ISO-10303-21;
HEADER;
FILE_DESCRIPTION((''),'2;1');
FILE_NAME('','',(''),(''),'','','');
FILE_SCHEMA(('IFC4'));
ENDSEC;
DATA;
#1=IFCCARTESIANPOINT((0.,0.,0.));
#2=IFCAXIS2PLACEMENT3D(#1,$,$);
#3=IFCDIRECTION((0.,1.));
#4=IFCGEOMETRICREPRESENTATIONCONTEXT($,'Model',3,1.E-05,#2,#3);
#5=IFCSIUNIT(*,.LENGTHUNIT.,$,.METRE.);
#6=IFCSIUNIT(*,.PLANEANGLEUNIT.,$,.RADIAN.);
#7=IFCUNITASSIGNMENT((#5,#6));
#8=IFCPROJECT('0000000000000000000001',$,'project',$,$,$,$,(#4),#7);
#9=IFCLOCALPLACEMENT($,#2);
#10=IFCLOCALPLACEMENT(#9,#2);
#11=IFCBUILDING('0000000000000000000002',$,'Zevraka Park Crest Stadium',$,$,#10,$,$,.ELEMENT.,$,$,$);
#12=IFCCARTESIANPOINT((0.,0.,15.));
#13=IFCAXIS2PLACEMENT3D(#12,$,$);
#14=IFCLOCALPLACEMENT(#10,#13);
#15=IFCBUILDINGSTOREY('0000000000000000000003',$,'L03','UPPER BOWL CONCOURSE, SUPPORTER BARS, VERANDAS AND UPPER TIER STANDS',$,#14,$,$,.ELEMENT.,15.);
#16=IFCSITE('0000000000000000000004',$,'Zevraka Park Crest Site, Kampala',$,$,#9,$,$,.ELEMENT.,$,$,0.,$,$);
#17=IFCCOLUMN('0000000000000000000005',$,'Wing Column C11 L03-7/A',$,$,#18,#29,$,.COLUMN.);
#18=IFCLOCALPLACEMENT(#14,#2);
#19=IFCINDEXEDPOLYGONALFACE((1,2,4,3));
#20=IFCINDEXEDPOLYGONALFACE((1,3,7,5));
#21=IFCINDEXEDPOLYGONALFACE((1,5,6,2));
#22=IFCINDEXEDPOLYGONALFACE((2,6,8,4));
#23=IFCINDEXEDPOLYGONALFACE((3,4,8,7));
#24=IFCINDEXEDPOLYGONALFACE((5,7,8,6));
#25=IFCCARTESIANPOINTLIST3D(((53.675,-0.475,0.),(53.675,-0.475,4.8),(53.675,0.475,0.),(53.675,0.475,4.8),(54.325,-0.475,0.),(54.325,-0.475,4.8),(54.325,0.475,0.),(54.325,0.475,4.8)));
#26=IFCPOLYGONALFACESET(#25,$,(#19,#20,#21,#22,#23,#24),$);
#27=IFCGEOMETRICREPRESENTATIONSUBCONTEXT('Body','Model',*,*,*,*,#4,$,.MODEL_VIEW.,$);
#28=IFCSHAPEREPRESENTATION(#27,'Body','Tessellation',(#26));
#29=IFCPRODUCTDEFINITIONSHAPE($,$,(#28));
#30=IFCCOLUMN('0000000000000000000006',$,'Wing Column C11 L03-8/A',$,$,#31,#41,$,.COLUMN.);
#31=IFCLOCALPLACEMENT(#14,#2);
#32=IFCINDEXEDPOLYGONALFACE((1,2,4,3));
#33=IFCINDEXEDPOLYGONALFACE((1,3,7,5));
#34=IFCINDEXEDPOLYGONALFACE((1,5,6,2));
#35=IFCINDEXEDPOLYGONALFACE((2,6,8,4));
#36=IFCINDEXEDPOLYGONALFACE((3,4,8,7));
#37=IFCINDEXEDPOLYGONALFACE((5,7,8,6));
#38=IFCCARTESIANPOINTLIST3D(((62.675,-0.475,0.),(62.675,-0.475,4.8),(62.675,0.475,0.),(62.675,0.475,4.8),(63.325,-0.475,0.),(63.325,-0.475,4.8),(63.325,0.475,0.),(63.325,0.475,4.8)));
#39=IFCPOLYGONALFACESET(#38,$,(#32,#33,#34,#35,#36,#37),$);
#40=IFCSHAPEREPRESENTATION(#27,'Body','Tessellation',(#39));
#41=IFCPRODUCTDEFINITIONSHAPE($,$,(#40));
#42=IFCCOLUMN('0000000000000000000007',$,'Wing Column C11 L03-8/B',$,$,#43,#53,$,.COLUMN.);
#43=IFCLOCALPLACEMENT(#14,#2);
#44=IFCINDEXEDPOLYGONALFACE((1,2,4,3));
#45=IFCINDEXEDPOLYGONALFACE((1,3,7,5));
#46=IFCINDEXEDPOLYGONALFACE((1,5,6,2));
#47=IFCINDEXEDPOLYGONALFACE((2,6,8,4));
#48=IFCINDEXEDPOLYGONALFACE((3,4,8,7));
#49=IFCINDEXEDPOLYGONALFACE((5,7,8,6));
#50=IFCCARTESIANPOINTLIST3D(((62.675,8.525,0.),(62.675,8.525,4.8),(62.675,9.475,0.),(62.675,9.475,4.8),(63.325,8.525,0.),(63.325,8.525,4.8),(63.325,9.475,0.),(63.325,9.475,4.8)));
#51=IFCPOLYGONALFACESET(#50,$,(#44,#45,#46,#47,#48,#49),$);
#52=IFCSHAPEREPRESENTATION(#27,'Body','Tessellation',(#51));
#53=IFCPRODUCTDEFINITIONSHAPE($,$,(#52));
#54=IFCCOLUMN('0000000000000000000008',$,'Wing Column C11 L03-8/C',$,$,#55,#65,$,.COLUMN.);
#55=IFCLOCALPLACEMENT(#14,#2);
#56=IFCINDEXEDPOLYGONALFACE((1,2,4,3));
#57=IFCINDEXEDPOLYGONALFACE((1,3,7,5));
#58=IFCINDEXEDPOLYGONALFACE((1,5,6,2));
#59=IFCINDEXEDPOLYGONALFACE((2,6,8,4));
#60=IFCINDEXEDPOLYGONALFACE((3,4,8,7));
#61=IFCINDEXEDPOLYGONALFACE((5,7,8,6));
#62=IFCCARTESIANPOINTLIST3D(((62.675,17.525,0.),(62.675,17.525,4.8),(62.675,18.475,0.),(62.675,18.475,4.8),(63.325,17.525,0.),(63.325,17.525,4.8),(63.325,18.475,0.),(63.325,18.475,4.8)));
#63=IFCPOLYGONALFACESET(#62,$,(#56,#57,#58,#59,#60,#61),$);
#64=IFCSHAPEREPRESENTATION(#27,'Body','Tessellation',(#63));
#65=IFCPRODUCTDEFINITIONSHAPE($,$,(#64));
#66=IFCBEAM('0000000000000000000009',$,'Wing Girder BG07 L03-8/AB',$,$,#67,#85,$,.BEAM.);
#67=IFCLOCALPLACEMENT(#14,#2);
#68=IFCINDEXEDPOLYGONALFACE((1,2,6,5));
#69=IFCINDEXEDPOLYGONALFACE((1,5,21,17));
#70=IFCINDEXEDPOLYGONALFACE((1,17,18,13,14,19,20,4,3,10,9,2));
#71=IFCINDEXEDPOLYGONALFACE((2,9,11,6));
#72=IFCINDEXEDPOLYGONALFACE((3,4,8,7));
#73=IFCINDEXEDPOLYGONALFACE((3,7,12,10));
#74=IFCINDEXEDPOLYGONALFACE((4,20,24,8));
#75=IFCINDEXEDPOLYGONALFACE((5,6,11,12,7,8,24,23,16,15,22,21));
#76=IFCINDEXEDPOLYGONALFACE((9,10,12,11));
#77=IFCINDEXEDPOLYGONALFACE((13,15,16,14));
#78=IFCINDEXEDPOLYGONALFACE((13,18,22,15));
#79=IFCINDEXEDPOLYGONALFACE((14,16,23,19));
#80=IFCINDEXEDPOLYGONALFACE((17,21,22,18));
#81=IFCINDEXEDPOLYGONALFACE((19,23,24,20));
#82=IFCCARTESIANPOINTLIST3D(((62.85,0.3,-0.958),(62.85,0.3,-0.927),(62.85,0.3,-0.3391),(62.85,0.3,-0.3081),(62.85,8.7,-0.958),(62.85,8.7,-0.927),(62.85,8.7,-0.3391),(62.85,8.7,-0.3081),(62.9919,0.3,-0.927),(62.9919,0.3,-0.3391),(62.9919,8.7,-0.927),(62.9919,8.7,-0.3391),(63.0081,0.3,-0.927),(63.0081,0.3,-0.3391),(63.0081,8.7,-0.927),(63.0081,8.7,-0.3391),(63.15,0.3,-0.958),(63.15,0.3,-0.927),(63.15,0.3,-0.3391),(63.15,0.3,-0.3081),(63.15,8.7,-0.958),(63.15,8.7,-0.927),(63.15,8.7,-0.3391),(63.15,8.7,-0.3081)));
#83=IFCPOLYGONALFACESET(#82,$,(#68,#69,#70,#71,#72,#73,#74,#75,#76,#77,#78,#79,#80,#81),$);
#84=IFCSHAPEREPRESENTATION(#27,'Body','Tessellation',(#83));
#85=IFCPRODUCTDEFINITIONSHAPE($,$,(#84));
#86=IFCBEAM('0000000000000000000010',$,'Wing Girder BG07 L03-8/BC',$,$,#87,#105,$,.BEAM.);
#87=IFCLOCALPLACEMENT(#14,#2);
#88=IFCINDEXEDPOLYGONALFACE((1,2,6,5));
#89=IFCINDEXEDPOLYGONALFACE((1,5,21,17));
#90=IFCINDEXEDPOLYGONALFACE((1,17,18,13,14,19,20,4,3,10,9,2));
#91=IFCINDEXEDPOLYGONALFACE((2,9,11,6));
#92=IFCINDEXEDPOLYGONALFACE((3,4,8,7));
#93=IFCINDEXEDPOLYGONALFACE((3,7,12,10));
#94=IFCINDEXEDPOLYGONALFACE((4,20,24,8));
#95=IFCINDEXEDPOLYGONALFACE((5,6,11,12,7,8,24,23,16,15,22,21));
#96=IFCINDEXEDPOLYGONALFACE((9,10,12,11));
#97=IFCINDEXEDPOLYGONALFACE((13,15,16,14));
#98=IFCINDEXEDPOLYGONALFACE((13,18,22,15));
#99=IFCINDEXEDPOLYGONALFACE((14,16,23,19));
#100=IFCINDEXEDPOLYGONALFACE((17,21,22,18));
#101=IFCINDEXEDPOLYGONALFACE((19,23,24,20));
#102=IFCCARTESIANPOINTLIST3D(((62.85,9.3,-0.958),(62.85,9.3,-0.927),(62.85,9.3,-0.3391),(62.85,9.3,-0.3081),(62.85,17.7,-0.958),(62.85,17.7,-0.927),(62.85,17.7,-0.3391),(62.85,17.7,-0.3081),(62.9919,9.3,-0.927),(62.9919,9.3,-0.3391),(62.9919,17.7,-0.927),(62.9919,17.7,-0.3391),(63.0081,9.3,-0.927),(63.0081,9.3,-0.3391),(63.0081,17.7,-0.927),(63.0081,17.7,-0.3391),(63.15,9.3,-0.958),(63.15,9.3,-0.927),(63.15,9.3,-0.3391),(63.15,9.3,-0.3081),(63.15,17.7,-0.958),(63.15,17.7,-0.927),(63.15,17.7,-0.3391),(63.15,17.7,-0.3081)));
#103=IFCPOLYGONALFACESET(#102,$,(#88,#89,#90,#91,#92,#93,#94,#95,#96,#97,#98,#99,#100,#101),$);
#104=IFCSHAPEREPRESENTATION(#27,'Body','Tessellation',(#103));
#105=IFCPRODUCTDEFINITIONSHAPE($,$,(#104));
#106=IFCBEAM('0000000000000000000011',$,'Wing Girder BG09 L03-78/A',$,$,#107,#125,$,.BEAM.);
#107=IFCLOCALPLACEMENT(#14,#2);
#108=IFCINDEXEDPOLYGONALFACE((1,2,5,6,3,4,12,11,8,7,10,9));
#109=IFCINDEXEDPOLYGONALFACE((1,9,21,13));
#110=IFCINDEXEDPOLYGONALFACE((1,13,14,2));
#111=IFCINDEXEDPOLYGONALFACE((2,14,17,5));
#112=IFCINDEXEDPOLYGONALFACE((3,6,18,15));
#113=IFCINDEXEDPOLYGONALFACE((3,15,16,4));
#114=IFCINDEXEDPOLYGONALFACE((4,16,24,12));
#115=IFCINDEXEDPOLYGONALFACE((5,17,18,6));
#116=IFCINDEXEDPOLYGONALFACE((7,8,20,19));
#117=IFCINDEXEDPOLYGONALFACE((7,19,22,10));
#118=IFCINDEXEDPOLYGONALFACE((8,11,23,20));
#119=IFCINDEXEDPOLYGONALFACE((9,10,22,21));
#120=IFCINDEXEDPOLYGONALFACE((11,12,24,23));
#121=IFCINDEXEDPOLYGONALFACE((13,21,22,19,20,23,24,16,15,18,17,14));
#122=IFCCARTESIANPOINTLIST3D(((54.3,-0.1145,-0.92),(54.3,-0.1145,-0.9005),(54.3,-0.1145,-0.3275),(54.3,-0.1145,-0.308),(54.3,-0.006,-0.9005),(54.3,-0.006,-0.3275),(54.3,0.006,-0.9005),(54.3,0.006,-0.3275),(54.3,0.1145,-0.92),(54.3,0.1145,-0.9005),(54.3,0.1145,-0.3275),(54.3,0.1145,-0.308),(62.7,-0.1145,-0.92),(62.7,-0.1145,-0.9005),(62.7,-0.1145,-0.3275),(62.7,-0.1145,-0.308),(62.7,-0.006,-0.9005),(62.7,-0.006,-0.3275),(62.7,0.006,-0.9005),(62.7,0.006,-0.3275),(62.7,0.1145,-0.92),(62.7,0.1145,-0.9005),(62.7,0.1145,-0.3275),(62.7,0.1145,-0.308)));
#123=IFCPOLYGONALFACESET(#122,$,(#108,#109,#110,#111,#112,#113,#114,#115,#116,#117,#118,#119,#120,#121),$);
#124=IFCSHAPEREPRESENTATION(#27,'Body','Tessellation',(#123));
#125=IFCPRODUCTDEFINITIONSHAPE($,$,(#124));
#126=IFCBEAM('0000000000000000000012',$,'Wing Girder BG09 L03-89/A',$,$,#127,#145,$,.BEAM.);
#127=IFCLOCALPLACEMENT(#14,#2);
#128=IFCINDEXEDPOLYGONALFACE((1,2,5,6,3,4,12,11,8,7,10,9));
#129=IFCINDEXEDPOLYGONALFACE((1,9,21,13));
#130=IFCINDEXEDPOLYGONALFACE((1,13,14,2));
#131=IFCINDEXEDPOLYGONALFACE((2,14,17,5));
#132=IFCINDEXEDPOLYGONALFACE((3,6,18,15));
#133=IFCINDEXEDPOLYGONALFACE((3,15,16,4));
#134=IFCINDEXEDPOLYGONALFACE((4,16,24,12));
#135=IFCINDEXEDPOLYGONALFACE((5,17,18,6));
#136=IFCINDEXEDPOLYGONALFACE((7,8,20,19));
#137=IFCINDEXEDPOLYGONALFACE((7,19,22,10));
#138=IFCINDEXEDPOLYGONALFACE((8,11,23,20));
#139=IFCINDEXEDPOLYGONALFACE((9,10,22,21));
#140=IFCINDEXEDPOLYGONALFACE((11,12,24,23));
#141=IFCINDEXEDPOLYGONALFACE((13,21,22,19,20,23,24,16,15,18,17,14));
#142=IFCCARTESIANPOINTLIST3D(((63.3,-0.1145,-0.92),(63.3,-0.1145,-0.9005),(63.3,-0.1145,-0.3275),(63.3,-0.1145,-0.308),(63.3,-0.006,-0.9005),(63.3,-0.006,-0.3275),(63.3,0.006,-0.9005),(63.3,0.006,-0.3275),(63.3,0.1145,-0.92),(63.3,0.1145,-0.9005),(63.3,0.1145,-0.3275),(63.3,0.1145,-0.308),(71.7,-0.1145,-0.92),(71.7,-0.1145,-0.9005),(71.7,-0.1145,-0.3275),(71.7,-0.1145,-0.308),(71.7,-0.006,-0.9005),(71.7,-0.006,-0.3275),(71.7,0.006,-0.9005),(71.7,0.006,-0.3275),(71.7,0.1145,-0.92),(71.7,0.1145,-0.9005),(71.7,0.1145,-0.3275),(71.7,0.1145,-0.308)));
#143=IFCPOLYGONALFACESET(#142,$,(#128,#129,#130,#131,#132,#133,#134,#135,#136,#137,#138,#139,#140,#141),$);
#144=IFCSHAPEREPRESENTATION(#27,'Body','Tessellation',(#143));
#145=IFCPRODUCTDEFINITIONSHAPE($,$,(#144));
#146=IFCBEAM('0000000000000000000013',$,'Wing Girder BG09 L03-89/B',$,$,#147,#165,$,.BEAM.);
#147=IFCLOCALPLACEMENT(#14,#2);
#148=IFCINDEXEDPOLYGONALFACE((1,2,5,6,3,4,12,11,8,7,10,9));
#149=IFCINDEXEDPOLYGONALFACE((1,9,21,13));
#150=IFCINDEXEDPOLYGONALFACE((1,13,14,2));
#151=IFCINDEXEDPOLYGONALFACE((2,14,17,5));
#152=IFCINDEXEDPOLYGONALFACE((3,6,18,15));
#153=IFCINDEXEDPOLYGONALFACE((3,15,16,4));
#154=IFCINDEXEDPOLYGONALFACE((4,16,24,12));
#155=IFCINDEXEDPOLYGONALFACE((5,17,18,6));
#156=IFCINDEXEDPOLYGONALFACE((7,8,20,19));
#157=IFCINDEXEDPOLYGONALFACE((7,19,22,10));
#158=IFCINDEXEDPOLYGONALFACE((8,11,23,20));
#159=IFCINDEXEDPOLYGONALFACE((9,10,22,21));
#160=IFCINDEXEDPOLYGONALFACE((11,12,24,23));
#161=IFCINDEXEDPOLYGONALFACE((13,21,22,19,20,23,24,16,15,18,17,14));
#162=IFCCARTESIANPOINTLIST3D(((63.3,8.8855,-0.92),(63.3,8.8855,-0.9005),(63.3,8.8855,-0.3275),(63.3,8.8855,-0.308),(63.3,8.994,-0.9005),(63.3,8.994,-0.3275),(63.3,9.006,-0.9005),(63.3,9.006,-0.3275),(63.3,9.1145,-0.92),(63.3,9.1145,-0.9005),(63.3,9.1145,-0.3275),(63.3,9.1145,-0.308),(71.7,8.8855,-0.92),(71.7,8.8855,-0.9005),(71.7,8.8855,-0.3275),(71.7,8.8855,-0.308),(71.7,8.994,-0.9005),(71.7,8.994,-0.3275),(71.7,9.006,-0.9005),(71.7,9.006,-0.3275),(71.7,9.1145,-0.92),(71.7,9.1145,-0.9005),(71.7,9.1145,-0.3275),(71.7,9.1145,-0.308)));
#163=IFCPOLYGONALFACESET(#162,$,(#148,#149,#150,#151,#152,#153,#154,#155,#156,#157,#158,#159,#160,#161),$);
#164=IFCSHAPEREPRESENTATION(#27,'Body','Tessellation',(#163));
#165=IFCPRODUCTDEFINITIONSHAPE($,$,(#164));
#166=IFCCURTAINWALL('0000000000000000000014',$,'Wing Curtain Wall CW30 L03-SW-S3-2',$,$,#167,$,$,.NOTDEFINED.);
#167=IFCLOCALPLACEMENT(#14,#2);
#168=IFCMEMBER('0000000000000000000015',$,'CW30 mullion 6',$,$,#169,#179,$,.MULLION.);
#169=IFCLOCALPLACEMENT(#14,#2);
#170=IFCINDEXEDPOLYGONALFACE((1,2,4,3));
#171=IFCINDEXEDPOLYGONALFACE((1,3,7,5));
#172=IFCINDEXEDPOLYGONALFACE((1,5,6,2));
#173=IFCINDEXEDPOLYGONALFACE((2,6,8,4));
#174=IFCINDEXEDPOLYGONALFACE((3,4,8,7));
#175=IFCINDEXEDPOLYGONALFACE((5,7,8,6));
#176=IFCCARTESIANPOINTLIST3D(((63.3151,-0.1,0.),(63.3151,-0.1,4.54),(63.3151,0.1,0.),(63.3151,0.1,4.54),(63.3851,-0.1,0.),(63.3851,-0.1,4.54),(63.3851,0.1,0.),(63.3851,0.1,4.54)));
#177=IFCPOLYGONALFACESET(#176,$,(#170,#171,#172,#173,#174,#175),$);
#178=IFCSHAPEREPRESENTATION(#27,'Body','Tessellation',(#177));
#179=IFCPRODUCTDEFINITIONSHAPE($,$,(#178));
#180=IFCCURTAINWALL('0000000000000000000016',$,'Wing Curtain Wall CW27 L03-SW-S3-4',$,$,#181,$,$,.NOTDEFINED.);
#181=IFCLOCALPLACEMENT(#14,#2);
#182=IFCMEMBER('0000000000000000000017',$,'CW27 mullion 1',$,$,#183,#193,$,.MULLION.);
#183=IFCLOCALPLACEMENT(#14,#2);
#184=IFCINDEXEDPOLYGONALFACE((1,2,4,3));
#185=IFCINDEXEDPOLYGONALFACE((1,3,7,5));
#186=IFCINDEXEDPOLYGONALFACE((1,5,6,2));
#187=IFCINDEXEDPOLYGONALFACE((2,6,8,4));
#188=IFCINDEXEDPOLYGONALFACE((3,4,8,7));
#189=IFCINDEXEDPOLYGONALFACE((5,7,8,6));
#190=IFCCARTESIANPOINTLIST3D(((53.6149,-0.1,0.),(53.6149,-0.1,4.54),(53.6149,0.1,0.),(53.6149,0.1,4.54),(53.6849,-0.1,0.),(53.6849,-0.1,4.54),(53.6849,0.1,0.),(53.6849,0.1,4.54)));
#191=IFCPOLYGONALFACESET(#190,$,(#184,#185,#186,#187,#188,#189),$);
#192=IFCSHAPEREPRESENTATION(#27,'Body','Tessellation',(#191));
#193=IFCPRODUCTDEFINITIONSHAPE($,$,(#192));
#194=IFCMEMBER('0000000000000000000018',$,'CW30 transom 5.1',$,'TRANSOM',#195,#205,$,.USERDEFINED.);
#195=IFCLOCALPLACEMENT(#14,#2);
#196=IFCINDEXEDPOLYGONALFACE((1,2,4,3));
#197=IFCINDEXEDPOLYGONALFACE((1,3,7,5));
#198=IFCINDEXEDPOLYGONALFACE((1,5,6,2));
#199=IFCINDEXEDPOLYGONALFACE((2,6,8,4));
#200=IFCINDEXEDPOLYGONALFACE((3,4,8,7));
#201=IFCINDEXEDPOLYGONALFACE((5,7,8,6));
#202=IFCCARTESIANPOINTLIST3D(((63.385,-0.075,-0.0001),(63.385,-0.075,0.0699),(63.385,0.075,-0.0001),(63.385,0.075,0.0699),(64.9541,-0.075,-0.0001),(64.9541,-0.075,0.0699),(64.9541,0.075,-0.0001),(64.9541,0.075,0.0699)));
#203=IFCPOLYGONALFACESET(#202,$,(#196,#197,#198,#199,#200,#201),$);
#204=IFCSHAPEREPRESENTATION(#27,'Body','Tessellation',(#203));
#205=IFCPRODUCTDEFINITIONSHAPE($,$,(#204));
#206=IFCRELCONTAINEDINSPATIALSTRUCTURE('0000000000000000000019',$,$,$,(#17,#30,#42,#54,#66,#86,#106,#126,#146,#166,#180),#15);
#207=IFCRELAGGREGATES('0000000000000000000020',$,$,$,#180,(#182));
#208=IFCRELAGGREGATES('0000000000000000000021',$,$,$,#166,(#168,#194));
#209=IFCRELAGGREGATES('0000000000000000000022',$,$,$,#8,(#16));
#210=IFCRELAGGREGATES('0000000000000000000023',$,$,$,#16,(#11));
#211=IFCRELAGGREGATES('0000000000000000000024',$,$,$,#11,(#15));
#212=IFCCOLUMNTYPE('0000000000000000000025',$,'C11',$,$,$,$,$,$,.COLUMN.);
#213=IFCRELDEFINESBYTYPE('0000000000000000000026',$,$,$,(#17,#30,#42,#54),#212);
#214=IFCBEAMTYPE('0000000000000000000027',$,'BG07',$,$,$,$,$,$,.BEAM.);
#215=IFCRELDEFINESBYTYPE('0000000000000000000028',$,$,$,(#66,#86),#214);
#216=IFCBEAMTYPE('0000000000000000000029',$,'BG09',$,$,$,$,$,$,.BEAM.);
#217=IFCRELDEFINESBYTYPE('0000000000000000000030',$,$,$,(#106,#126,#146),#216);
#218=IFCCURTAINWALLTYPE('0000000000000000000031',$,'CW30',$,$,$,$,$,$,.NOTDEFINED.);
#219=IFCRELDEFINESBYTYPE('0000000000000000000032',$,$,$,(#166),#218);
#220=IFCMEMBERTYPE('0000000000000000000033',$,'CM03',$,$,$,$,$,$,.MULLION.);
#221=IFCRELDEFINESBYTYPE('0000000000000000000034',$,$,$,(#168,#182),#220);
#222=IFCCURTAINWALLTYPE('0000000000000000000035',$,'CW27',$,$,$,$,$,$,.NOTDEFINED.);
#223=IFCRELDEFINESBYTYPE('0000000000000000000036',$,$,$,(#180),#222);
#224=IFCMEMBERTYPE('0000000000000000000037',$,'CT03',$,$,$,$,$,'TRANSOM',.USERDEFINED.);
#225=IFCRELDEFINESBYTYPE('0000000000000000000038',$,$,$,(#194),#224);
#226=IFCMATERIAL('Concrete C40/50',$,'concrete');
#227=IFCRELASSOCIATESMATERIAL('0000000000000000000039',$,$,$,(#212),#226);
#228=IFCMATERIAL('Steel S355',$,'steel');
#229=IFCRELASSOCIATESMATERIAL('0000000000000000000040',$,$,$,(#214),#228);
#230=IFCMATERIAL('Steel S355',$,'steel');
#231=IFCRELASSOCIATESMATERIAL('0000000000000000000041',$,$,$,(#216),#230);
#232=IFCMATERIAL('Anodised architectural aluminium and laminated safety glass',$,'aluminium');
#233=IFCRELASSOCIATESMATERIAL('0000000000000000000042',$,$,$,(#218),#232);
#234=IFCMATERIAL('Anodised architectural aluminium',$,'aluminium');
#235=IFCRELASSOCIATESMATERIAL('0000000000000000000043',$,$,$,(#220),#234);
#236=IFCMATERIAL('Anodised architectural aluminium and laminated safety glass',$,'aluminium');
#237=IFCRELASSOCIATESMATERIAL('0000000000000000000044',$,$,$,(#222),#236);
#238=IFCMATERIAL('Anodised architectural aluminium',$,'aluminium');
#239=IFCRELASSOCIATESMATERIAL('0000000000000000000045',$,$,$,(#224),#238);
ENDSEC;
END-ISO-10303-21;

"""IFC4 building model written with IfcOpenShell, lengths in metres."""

from ifc_helpers import new_model, si_unit, direction, frame, origin, origin_2d, place, context, subcontext, project, spatial, rectangle, i_section, extrude, material, material_profile, profile_set, type_object, element, aggregate, save


model = new_model("IFC4")

# Units and contexts
model_context = context("Model", 3, precision=1e-05, world=origin(), true_north=direction((0.0, 1.0)))
body_context = subcontext(model_context, "Body", "Model", "MODEL_VIEW")
ifc_project = project(units=[si_unit("LENGTHUNIT", "METRE"), si_unit("PLANEANGLEUNIT", "RADIAN")], contexts=[model_context])

# Site, building, storey
site_placement = place(None, origin())
site = spatial("IfcSite", under=ifc_project, at=site_placement, Name="Zevraka Park Crest Site, Kampala", CompositionType="ELEMENT", RefElevation=0.0)
building_placement = place(site_placement, origin())
building = spatial("IfcBuilding", under=site, at=building_placement, Name="Zevraka Park Crest Stadium", CompositionType="ELEMENT")
storey_placement = place(building_placement, frame((0.0, 0.0, 15.0)))
storey = spatial("IfcBuildingStorey", under=building, at=storey_placement, Name="L03", Description="UPPER BOWL CONCOURSE, SUPPORTER BARS, VERANDAS AND UPPER TIER STANDS", CompositionType="ELEMENT", Elevation=15.0)

# Columns
ifc_material_1 = material(Name="Concrete C40/50", Category="concrete")
ifc_material_profile_1 = material_profile(ifc_material_1, rectangle(XDim=0.6499, YDim=0.95, at=origin_2d()), Name="RC 950x650")
ifc_profile_set_1 = profile_set([ifc_material_profile_1], Name="Concrete C40/50")
column_type = type_object("IfcColumnType", Name="C11", PredefinedType="COLUMN", material=ifc_profile_set_1)
for number, where, z_axis, x_axis, name in (
    (1, (54.0, 0.0, 0.0), (0.0, 0.0, 1.0), (1.0, 0.0, 0.0), "Wing Column C11 L03-7/A"),
    (2, (63.0, 0.0, 0.0), (0.0, 0.0, 1.0), (1.0, 0.0, 0.0), "Wing Column C11 L03-8/A"),
    (3, (63.0, 9.0, 0.0), (0.0, 0.0, 1.0), (1.0, 0.0, 0.0), "Wing Column C11 L03-8/B"),
    (4, (63.0, 18.0, 0.0), (0.0, 0.0, 1.0), (1.0, 0.0, 0.0), "Wing Column C11 L03-8/C"),
):
    element("IfcColumn", number, at=place(storey_placement, frame(where, z_axis=z_axis, x_axis=x_axis)), inside=storey, type_object=column_type, Name=name, PredefinedType="COLUMN", context=body_context, shape_type="SweptSolid", body=[
        extrude(rectangle(XDim=0.6499, YDim=0.95, at=origin_2d()), origin(), (0.0, 0.0, 1.0), 4.8),
    ])

# Beams
ifc_material_2 = material(Name="Steel S355", Category="steel")
ifc_material_profile_2 = material_profile(ifc_material_2, i_section(OverallWidth=0.3, OverallDepth=0.6499, WebThickness=0.0161, FlangeThickness=0.031, at=origin_2d()), Name="HEB 650")
ifc_profile_set_2 = profile_set([ifc_material_profile_2], Name="Steel S355")
beam_type_1 = type_object("IfcBeamType", Name="BG07", PredefinedType="BEAM", material=ifc_profile_set_2)
for number, where, z_axis, x_axis, name in (
    (5, (63.0, 0.3, -0.6331), (0.0, 1.0, 0.0), (-1.0, 0.0, 0.0), "Wing Girder BG07 L03-8/AB"),
    (6, (63.0, 9.3, -0.6331), (0.0, 1.0, 0.0), (-1.0, 0.0, 0.0), "Wing Girder BG07 L03-8/BC"),
):
    element("IfcBeam", number, at=place(storey_placement, frame(where, z_axis=z_axis, x_axis=x_axis)), inside=storey, type_object=beam_type_1, Name=name, PredefinedType="BEAM", context=body_context, shape_type="SweptSolid", body=[
        extrude(i_section(OverallWidth=0.3, OverallDepth=0.6499, WebThickness=0.0161, FlangeThickness=0.031, at=origin_2d()), origin(), (0.0, 0.0, 1.0), 8.3999),
    ])
ifc_material_3 = material(Name="Steel S355", Category="steel")
ifc_material_profile_3 = material_profile(ifc_material_3, i_section(OverallWidth=0.229, OverallDepth=0.6121, WebThickness=0.012, FlangeThickness=0.0195, at=origin_2d()), Name="UKB 610x229x125")
ifc_profile_set_3 = profile_set([ifc_material_profile_3], Name="Steel S355")
beam_type_2 = type_object("IfcBeamType", Name="BG09", PredefinedType="BEAM", material=ifc_profile_set_3)
for number, where, z_axis, x_axis, name in (
    (7, (54.3, 0.0, -0.614), (1.0, 0.0, 0.0), (0.0, 1.0, 0.0), "Wing Girder BG09 L03-78/A"),
    (8, (63.3, 0.0, -0.614), (1.0, 0.0, 0.0), (0.0, 1.0, 0.0), "Wing Girder BG09 L03-89/A"),
    (9, (63.3, 9.0, -0.614), (1.0, 0.0, 0.0), (0.0, 1.0, 0.0), "Wing Girder BG09 L03-89/B"),
):
    element("IfcBeam", number, at=place(storey_placement, frame(where, z_axis=z_axis, x_axis=x_axis)), inside=storey, type_object=beam_type_2, Name=name, PredefinedType="BEAM", context=body_context, shape_type="SweptSolid", body=[
        extrude(i_section(OverallWidth=0.229, OverallDepth=0.6121, WebThickness=0.012, FlangeThickness=0.0195, at=origin_2d()), origin(), (0.0, 0.0, 1.0), 8.3999),
    ])

# Curtain walls, members
ifc_material_4 = material(Name="Anodised architectural aluminium and laminated safety glass", Category="aluminium")
curtain_wall_type_1 = type_object("IfcCurtainWallType", Name="CW30", PredefinedType="NOTDEFINED", material=ifc_material_4)
curtain_wall_1_placement = place(storey_placement, origin())
curtain_wall_1 = element("IfcCurtainWall", 10, at=curtain_wall_1_placement, inside=storey, type_object=curtain_wall_type_1, Name="Wing Curtain Wall CW30 L03-SW-S3-2", PredefinedType="NOTDEFINED")
ifc_material_5 = material(Name="Anodised architectural aluminium", Category="aluminium")
ifc_material_profile_4 = material_profile(ifc_material_5, rectangle(XDim=0.2, YDim=0.0701, at=origin_2d()), Name="ALU MULLION 200x70")
ifc_profile_set_4 = profile_set([ifc_material_profile_4], Name="Anodised architectural aluminium")
member_type_1 = type_object("IfcMemberType", Name="CM03", PredefinedType="MULLION", material=ifc_profile_set_4)
member_1_placement = place(storey_placement, frame((63.3501, 0.0, 0.0), z_axis=(0.0, 0.0, 1.0), x_axis=(0.0, -1.0, 0.0)))
member_1 = element("IfcMember", 11, at=member_1_placement, type_object=member_type_1, Name="CW30 mullion 6", PredefinedType="MULLION", context=body_context, shape_type="SweptSolid", body=[
    extrude(rectangle(XDim=0.2, YDim=0.0701, at=origin_2d()), origin(), (0.0, 0.0, 1.0), 4.54),
])
ifc_material_6 = material(Name="Anodised architectural aluminium and laminated safety glass", Category="aluminium")
curtain_wall_type_2 = type_object("IfcCurtainWallType", Name="CW27", PredefinedType="NOTDEFINED", material=ifc_material_6)
curtain_wall_2_placement = place(storey_placement, origin())
curtain_wall_2 = element("IfcCurtainWall", 12, at=curtain_wall_2_placement, inside=storey, type_object=curtain_wall_type_2, Name="Wing Curtain Wall CW27 L03-SW-S3-4", PredefinedType="NOTDEFINED")
member_2_placement = place(storey_placement, frame((53.6499, 0.0, 0.0), z_axis=(0.0, 0.0, 1.0), x_axis=(0.0, -1.0, 0.0)))
member_2 = element("IfcMember", 13, at=member_2_placement, type_object=member_type_1, Name="CW27 mullion 1", PredefinedType="MULLION", context=body_context, shape_type="SweptSolid", body=[
    extrude(rectangle(XDim=0.2, YDim=0.0701, at=origin_2d()), origin(), (0.0, 0.0, 1.0), 4.54),
])
aggregate(curtain_wall_2, [member_2])

# Member
ifc_material_7 = material(Name="Anodised architectural aluminium", Category="aluminium")
ifc_material_profile_5 = material_profile(ifc_material_7, rectangle(XDim=0.1499, YDim=0.0701, at=origin_2d()), Name="ALU TRANSOM 150x70")
ifc_profile_set_5 = profile_set([ifc_material_profile_5], Name="Anodised architectural aluminium")
member_type_2 = type_object("IfcMemberType", Name="CT03", ElementType="TRANSOM", PredefinedType="USERDEFINED", material=ifc_profile_set_5)
member_3_placement = place(storey_placement, frame((64.9541, 0.0, 0.0349), z_axis=(-1.0, 0.0, 0.0), x_axis=(0.0, -1.0, 0.0)))
member_3 = element("IfcMember", 14, at=member_3_placement, type_object=member_type_2, Name="CW30 transom 5.1", ObjectType="TRANSOM", PredefinedType="USERDEFINED", context=body_context, shape_type="SweptSolid", body=[
    extrude(rectangle(XDim=0.1499, YDim=0.0701, at=origin_2d()), origin(), (0.0, 0.0, 1.0), 1.5691),
])

aggregate(curtain_wall_1, [member_1, member_3])

save(model, "model.ifc")
